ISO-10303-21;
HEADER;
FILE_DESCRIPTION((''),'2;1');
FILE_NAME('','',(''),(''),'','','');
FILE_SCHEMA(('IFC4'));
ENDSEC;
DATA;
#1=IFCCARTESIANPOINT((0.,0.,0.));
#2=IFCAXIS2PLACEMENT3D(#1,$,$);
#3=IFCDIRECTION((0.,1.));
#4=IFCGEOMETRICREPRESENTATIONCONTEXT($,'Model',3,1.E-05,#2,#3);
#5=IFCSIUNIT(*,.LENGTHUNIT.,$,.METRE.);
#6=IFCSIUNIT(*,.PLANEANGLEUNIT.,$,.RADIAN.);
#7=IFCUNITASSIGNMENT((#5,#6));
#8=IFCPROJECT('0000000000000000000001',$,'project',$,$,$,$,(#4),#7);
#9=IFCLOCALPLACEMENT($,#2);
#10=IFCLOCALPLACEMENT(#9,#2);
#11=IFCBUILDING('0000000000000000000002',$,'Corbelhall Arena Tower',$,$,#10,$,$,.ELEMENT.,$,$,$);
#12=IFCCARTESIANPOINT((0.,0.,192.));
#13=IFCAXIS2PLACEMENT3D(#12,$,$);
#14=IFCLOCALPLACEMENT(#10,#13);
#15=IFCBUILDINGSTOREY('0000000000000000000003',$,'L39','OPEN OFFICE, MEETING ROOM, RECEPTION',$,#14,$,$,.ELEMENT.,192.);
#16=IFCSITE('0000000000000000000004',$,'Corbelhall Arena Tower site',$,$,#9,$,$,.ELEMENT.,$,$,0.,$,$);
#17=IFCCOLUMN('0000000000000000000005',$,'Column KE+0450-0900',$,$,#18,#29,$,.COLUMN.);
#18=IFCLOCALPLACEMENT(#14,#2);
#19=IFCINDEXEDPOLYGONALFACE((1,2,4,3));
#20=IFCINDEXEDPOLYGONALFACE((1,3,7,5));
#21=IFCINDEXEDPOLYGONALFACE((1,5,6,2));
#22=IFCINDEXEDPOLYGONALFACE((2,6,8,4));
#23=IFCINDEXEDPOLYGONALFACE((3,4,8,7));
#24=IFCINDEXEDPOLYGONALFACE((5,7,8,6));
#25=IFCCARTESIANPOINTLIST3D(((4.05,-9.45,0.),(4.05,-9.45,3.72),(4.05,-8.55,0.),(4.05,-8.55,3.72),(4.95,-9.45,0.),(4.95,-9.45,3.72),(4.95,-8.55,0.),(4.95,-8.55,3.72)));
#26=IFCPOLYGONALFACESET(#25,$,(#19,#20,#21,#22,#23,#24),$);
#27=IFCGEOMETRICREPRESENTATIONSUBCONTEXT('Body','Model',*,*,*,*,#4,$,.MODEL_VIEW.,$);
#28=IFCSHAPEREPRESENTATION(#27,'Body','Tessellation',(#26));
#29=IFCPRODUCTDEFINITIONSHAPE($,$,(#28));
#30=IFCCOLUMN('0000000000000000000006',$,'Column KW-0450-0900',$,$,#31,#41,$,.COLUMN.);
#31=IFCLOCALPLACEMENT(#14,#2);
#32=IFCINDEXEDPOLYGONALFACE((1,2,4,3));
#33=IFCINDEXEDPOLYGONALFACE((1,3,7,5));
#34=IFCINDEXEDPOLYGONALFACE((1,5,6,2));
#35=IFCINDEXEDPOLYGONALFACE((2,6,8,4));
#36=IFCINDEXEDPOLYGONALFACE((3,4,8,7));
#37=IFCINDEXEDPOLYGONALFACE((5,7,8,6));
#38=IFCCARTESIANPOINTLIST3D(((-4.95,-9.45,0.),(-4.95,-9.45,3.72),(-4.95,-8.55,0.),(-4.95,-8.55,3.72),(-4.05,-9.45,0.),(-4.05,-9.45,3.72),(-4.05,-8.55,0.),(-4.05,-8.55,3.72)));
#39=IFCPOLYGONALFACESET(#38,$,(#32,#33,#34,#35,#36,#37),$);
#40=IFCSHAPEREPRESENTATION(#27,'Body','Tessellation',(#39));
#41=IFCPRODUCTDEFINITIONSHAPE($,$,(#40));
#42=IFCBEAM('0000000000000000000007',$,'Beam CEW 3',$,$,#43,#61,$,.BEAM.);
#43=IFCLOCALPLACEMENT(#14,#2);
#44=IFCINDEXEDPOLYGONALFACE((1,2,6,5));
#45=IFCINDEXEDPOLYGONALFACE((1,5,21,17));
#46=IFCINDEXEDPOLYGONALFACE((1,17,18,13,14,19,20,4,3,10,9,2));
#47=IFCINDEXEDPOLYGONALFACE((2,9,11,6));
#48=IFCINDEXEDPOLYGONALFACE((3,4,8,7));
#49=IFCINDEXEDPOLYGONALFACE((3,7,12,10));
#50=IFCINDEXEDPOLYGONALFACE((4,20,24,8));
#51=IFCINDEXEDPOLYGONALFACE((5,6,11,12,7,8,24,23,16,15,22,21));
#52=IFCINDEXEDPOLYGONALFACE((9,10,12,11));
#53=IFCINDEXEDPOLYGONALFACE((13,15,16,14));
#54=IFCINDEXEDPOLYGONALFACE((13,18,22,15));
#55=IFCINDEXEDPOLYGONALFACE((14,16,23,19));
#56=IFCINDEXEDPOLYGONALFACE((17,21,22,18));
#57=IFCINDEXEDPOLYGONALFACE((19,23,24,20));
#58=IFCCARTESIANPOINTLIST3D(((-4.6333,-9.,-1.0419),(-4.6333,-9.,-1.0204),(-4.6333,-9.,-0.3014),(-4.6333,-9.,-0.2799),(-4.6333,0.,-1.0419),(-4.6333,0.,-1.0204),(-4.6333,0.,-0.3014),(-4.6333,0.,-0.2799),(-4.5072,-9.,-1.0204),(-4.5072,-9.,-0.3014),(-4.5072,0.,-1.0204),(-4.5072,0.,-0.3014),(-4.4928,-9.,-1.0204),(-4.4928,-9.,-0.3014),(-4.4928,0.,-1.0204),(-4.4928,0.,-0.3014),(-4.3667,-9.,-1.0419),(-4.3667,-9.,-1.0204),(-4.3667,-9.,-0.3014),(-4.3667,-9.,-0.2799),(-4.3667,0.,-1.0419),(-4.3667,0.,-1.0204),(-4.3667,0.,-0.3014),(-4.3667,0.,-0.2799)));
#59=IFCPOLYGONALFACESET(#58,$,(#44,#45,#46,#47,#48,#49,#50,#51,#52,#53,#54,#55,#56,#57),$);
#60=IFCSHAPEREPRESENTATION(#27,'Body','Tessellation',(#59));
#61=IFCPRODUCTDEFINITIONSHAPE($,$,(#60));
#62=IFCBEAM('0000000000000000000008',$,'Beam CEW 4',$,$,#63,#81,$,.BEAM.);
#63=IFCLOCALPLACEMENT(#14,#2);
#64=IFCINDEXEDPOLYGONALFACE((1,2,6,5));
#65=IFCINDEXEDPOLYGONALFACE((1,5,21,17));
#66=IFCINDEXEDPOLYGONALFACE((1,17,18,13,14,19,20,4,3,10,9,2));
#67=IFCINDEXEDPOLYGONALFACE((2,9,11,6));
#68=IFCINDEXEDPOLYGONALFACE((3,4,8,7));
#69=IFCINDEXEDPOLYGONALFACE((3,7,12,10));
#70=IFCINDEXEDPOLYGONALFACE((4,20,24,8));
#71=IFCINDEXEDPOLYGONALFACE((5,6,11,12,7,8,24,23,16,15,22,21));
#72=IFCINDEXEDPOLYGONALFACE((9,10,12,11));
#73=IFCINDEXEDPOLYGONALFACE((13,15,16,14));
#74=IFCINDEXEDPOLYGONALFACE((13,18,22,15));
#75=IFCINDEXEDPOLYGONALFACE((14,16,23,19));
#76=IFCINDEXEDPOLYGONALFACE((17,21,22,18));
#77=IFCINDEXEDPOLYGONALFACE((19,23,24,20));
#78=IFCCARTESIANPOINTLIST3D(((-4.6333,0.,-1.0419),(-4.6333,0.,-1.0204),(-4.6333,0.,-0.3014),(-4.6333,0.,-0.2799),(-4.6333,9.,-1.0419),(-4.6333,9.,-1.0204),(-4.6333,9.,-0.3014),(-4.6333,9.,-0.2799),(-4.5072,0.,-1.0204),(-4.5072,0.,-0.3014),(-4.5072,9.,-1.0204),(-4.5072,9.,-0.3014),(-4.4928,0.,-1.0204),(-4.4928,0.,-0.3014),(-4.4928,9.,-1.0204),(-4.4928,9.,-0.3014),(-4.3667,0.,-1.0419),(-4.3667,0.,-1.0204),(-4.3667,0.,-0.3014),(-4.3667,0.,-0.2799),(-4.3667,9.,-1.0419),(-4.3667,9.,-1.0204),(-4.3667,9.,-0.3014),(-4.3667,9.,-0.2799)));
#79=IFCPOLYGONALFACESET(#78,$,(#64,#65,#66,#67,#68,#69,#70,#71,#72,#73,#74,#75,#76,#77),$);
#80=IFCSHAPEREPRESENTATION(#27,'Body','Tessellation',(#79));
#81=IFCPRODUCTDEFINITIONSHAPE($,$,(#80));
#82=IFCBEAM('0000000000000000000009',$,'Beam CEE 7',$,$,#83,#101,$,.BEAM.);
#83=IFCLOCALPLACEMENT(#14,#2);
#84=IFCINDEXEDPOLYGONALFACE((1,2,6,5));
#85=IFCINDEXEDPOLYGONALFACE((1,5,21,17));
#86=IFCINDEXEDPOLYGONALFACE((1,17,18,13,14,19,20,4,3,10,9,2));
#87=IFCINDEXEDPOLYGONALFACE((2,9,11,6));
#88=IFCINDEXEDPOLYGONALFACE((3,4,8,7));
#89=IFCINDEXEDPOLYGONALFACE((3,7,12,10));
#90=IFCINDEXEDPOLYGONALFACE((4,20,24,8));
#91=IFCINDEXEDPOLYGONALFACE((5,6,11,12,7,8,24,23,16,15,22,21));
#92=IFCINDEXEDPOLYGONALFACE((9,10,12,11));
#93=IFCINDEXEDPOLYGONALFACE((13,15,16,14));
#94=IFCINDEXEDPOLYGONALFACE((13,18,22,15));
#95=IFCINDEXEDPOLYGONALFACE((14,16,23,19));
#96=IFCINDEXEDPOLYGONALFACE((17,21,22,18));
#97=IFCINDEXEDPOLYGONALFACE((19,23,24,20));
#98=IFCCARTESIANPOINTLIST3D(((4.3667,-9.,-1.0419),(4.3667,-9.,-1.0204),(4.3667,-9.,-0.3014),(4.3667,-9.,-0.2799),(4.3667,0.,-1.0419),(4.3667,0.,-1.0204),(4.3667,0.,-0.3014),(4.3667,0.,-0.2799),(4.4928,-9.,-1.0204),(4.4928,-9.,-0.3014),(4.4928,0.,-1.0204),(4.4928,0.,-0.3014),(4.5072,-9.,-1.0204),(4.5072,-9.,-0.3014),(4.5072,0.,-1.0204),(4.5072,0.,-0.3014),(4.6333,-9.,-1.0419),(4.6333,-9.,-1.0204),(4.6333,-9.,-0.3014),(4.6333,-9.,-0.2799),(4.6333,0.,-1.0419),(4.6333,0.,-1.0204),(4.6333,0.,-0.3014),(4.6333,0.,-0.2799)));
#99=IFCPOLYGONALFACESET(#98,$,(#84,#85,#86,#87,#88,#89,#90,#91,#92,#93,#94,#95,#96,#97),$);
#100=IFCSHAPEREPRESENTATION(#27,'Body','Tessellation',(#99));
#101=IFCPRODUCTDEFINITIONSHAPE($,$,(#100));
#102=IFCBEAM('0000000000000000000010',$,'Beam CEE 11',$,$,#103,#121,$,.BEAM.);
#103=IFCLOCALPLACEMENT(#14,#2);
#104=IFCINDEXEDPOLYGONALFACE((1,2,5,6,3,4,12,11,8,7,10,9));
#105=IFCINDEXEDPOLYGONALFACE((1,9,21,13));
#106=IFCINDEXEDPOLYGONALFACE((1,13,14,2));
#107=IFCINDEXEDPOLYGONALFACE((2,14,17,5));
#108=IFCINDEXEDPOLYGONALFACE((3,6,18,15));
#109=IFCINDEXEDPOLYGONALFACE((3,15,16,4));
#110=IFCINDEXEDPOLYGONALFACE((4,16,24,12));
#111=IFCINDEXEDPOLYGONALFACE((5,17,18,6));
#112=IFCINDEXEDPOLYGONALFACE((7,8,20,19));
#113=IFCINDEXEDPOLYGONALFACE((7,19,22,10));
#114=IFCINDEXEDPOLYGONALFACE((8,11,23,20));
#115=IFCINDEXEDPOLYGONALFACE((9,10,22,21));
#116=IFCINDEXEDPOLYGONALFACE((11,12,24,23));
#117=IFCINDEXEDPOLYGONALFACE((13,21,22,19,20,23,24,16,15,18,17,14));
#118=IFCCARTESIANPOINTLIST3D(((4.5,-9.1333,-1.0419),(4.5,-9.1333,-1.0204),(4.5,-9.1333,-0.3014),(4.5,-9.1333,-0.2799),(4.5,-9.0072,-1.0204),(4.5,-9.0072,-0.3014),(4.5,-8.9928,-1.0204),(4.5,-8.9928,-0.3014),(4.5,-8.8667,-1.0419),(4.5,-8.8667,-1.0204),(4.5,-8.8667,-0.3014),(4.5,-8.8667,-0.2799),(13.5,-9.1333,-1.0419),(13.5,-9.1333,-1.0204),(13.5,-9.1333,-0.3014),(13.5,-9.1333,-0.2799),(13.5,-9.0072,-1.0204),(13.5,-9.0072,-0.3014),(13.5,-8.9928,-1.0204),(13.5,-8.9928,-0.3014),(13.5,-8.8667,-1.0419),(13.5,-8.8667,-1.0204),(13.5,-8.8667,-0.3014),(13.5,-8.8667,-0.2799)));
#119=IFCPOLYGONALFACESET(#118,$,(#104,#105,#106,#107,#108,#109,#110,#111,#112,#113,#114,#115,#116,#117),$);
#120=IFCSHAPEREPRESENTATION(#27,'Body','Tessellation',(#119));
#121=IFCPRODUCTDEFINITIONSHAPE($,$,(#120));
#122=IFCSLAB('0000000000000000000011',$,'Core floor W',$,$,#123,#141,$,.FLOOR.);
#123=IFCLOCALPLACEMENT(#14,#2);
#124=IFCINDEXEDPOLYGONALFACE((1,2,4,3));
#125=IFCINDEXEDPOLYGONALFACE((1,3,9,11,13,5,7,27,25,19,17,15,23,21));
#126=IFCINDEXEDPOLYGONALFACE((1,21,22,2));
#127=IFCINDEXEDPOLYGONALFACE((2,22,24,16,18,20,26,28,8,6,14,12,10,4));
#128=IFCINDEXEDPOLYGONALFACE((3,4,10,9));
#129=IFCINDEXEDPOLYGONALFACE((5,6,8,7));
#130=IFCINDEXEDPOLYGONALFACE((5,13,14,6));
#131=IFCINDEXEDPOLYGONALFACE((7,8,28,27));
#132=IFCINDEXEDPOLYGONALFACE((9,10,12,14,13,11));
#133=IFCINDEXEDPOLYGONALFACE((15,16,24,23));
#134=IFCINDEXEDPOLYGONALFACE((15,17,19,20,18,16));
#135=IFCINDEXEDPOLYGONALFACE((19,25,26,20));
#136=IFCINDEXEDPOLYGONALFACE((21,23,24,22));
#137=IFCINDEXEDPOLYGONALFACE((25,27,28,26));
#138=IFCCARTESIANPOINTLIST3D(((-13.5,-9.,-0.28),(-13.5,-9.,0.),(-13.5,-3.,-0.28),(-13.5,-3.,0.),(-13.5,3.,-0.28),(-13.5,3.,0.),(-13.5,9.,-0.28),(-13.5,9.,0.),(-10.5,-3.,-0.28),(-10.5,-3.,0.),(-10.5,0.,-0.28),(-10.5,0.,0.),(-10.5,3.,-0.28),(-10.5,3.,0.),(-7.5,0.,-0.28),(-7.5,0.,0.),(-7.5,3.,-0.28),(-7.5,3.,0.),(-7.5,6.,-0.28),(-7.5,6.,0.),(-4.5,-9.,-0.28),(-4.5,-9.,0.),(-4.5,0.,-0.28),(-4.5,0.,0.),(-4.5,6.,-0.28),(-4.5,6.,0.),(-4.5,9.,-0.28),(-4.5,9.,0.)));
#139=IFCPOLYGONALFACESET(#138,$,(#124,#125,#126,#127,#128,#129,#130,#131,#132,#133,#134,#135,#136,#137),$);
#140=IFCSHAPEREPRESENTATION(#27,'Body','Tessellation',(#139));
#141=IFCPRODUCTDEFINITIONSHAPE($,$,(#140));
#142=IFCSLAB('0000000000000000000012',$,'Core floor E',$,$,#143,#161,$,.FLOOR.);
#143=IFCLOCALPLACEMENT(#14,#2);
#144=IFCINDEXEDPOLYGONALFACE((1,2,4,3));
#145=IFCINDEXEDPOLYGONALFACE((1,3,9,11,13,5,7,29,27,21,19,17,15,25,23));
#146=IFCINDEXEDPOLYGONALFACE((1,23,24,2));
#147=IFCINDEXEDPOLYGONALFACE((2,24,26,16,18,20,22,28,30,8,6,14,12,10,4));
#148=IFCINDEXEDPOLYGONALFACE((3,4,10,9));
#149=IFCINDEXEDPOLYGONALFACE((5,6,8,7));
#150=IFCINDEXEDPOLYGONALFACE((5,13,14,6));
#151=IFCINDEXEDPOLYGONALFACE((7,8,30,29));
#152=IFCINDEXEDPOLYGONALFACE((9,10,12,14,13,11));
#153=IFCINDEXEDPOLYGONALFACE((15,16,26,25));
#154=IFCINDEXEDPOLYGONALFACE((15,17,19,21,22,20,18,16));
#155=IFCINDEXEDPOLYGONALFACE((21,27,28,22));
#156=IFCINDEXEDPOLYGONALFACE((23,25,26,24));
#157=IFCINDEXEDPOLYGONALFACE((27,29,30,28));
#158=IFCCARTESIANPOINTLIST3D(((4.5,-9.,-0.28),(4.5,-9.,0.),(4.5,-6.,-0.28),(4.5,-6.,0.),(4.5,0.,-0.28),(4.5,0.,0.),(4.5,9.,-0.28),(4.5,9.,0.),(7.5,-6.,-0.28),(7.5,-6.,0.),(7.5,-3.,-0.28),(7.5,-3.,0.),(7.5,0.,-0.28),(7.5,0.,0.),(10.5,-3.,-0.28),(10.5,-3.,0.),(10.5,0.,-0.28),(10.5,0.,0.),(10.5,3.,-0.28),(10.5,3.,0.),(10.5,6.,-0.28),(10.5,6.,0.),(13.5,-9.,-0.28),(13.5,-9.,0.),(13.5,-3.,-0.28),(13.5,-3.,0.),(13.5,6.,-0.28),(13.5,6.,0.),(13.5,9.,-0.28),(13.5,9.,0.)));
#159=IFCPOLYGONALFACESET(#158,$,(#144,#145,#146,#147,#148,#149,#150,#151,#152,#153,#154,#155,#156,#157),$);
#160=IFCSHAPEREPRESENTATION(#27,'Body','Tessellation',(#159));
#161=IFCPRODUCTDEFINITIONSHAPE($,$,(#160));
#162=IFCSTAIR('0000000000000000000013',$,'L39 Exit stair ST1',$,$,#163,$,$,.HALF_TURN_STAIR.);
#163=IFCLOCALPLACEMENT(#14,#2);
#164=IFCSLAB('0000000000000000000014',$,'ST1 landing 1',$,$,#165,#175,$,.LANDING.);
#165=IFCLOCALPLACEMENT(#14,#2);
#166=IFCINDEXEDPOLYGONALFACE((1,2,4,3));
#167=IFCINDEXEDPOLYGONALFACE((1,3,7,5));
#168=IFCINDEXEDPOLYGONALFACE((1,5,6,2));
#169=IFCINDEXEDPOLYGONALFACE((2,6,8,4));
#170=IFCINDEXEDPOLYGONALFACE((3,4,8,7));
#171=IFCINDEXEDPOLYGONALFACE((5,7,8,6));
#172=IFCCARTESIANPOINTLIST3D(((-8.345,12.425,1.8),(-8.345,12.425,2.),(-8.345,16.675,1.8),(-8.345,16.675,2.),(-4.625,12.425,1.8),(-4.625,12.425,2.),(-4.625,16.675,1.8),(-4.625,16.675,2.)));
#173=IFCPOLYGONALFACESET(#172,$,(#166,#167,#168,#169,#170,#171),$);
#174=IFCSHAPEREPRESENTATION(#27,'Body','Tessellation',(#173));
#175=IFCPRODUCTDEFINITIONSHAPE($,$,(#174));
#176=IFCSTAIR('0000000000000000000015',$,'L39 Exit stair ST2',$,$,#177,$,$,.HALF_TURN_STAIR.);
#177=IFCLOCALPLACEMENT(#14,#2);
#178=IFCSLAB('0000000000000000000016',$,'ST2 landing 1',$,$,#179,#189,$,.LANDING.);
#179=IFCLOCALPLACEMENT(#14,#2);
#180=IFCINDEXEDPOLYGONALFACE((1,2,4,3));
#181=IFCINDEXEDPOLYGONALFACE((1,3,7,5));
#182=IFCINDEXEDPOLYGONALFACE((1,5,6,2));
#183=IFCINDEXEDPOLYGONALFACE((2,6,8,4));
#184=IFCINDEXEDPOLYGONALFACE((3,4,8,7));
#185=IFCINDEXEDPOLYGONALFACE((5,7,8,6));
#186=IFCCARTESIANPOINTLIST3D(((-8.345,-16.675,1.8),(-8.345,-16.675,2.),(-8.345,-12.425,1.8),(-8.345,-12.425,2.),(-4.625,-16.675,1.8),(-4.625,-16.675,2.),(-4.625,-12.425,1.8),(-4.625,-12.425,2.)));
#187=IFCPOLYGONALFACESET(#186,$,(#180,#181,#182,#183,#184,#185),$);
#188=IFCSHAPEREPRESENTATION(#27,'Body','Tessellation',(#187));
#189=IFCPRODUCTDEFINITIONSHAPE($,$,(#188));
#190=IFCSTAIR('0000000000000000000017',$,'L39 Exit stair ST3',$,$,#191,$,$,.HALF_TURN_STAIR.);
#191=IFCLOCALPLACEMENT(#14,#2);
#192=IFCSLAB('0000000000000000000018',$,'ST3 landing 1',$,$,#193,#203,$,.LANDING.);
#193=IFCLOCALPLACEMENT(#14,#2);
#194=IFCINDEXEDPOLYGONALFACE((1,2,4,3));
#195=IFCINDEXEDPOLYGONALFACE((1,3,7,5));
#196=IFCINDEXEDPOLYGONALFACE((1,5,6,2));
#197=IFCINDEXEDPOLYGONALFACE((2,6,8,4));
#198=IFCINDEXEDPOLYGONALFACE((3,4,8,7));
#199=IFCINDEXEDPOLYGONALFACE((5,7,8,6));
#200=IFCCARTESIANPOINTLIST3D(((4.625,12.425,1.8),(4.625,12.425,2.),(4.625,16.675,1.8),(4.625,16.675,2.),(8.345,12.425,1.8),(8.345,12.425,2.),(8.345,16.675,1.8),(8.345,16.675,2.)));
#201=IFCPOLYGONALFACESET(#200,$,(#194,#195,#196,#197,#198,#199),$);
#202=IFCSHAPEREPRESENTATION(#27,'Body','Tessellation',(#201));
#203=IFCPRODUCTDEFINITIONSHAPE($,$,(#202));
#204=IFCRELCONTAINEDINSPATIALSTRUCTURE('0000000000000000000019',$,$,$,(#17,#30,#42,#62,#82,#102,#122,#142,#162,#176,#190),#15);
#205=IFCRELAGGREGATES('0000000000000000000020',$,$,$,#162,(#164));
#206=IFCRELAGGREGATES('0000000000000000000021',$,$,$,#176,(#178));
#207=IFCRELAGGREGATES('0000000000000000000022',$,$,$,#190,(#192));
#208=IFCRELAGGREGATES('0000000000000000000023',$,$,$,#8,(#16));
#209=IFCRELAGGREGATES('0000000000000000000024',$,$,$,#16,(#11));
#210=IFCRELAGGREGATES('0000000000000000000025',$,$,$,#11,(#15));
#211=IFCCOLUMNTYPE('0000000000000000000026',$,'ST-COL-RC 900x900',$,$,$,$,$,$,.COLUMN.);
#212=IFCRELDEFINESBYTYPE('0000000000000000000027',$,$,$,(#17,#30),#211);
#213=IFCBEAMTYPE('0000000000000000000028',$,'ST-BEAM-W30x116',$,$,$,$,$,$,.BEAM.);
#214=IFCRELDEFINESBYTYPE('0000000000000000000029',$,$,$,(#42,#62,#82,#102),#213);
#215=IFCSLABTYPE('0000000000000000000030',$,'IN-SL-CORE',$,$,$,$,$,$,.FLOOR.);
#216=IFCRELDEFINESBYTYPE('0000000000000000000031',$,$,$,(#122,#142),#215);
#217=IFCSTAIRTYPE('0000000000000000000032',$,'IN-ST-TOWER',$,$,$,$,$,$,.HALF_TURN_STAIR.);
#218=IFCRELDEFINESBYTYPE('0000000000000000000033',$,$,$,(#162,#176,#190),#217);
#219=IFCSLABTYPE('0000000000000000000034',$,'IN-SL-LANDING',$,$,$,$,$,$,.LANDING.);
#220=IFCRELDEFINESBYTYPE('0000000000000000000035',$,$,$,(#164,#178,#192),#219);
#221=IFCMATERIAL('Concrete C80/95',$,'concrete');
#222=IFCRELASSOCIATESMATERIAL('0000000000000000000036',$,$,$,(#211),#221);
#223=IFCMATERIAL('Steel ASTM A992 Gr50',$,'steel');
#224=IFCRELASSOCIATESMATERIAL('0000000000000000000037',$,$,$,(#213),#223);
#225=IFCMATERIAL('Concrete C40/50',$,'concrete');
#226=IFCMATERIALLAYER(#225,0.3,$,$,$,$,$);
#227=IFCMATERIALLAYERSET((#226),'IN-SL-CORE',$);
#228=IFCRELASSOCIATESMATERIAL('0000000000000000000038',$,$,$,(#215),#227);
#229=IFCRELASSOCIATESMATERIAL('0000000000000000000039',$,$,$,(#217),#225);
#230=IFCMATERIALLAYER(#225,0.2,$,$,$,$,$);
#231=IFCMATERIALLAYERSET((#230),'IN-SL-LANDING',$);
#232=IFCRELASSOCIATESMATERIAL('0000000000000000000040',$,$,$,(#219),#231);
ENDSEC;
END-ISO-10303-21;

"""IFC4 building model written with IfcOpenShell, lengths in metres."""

from ifc_helpers import new_model, si_unit, direction, frame, origin, origin_2d, place, context, subcontext, project, spatial, polyline, rectangle, i_section, outline, extrude, material, layer, layer_set, material_profile, profile_set, type_object, element, aggregate, save


model = new_model("IFC4")

# Units and contexts
model_context = context("Model", 3, precision=1e-05, world=origin(), true_north=direction((0.0, 1.0)))
body_context = subcontext(model_context, "Body", "Model", "MODEL_VIEW")
ifc_project = project(units=[si_unit("LENGTHUNIT", "METRE"), si_unit("PLANEANGLEUNIT", "RADIAN")], contexts=[model_context])

# Site, building, storey
site_placement = place(None, origin())
site = spatial("IfcSite", under=ifc_project, at=site_placement, Name="Corbelhall Arena Tower site", CompositionType="ELEMENT", RefElevation=0.0)
building_placement = place(site_placement, origin())
building = spatial("IfcBuilding", under=site, at=building_placement, Name="Corbelhall Arena Tower", CompositionType="ELEMENT")
storey_placement = place(building_placement, frame((0.0, 0.0, 192.0)))
storey = spatial("IfcBuildingStorey", under=building, at=storey_placement, Name="L39", Description="OPEN OFFICE, MEETING ROOM, RECEPTION", CompositionType="ELEMENT", Elevation=192.0)

# Columns
ifc_material_1 = material(Name="Concrete C80/95", Category="concrete")
ifc_material_profile_1 = material_profile(ifc_material_1, rectangle(XDim=0.8999, YDim=0.8999, at=origin_2d()))
ifc_profile_set_1 = profile_set([ifc_material_profile_1], Name="Concrete C80/95")
column_type = type_object("IfcColumnType", Name="ST-COL-RC 900x900", PredefinedType="COLUMN", material=ifc_profile_set_1)
for number, where, z_axis, x_axis, name in (
    (1, (4.5, -9.0, 0.0), (0.0, 0.0, 1.0), (1.0, 0.0, 0.0), "Column KE+0450-0900"),
    (2, (-4.5, -9.0, 0.0), (0.0, 0.0, 1.0), (1.0, 0.0, 0.0), "Column KW-0450-0900"),
):
    element("IfcColumn", number, at=place(storey_placement, frame(where, z_axis=z_axis, x_axis=x_axis)), inside=storey, type_object=column_type, Name=name, PredefinedType="COLUMN", context=body_context, shape_type="SweptSolid", body=[
        extrude(rectangle(XDim=0.8999, YDim=0.8999, at=origin_2d()), origin(), (0.0, 0.0, 1.0), 3.72),
    ])

# Beams
ifc_material_2 = material(Name="Steel ASTM A992 Gr50", Category="steel")
ifc_material_profile_2 = material_profile(ifc_material_2, i_section(OverallWidth=0.2666, OverallDepth=0.762, WebThickness=0.0144, FlangeThickness=0.0215, at=origin_2d()))
ifc_profile_set_2 = profile_set([ifc_material_profile_2], Name="Steel ASTM A992 Gr50")
beam_type = type_object("IfcBeamType", Name="ST-BEAM-W30x116", PredefinedType="BEAM", material=ifc_profile_set_2)
for number, where, z_axis, x_axis, name in (
    (3, (-4.5, -9.0, -0.6609), (0.0, 1.0, 0.0), (-1.0, 0.0, 0.0), "Beam CEW 3"),
    (4, (-4.5, 0.0, -0.6609), (0.0, 1.0, 0.0), (-1.0, 0.0, 0.0), "Beam CEW 4"),
    (5, (4.5, -9.0, -0.6609), (0.0, 1.0, 0.0), (-1.0, 0.0, 0.0), "Beam CEE 7"),
    (6, (4.5, -9.0, -0.6609), (1.0, 0.0, 0.0), (0.0, 1.0, 0.0), "Beam CEE 11"),
):
    element("IfcBeam", number, at=place(storey_placement, frame(where, z_axis=z_axis, x_axis=x_axis)), inside=storey, type_object=beam_type, Name=name, PredefinedType="BEAM", context=body_context, shape_type="SweptSolid", body=[
        extrude(i_section(OverallWidth=0.2666, OverallDepth=0.762, WebThickness=0.0144, FlangeThickness=0.0215, at=origin_2d()), origin(), (0.0, 0.0, 1.0), 9.0),
    ])

# Slabs
ifc_material_3 = material(Name="Concrete C40/50", Category="concrete")
ifc_layer_1 = layer(ifc_material_3, 0.3)
ifc_layer_set_1 = layer_set([ifc_layer_1], Name="IN-SL-CORE")
slab_type_1 = type_object("IfcSlabType", Name="IN-SL-CORE", PredefinedType="FLOOR", material=ifc_layer_set_1)
slab_1_placement = place(storey_placement, frame((0.0, 0.0, -0.28)))
element("IfcSlab", 7, at=slab_1_placement, inside=storey, type_object=slab_type_1, Name="Core floor W", PredefinedType="FLOOR", context=body_context, shape_type="SweptSolid", body=[
    extrude(outline(polyline([(-10.5, -3.0), (-13.5, -3.0), (-13.5, -9.0), (-4.5, -9.0), (-4.5, 0.0), (-7.5, 0.0), (-7.5, 3.0), (-7.5, 6.0), (-4.5, 6.0), (-4.5, 9.0), (-13.5, 9.0), (-13.5, 3.0), (-10.5, 3.0), (-10.5, 0.0), (-10.5, -3.0)])), origin(), (0.0, 0.0, 1.0), 0.28),
])
slab_2_placement = place(storey_placement, frame((0.0, 0.0, -0.28)))
element("IfcSlab", 8, at=slab_2_placement, inside=storey, type_object=slab_type_1, Name="Core floor E", PredefinedType="FLOOR", context=body_context, shape_type="SweptSolid", body=[
    extrude(outline(polyline([(13.5, -3.0), (10.5, -3.0), (10.5, 0.0), (10.5, 3.0), (10.5, 6.0), (13.5, 6.0), (13.5, 9.0), (4.5, 9.0), (4.5, 0.0), (7.5, 0.0), (7.5, -3.0), (7.5, -6.0), (4.5, -6.0), (4.5, -9.0), (13.5, -9.0), (13.5, -3.0)])), origin(), (0.0, 0.0, 1.0), 0.28),
])

# Stairs, slabs
stair_type = type_object("IfcStairType", Name="IN-ST-TOWER", PredefinedType="HALF_TURN_STAIR", material=ifc_material_3)
stair_1_placement = place(storey_placement, origin())
stair_1 = element("IfcStair", 9, at=stair_1_placement, inside=storey, type_object=stair_type, Name="L39 Exit stair ST1", PredefinedType="HALF_TURN_STAIR")
ifc_layer_2 = layer(ifc_material_3, 0.2)
ifc_layer_set_2 = layer_set([ifc_layer_2], Name="IN-SL-LANDING")
slab_type_2 = type_object("IfcSlabType", Name="IN-SL-LANDING", PredefinedType="LANDING", material=ifc_layer_set_2)
slab_3_placement = place(storey_placement, frame((0.0, 0.0, 1.8)))
slab_3 = element("IfcSlab", 10, at=slab_3_placement, type_object=slab_type_2, Name="ST1 landing 1", PredefinedType="LANDING", context=body_context, shape_type="SweptSolid", body=[
    extrude(outline(polyline([(-8.345, 12.425), (-4.625, 12.425), (-4.625, 16.675), (-8.345, 16.675), (-8.345, 12.425)])), origin(), (0.0, 0.0, 1.0), 0.2),
])
aggregate(stair_1, [slab_3])
stair_2_placement = place(storey_placement, origin())
stair_2 = element("IfcStair", 11, at=stair_2_placement, inside=storey, type_object=stair_type, Name="L39 Exit stair ST2", PredefinedType="HALF_TURN_STAIR")
slab_4_placement = place(storey_placement, frame((0.0, 0.0, 1.8)))
slab_4 = element("IfcSlab", 12, at=slab_4_placement, type_object=slab_type_2, Name="ST2 landing 1", PredefinedType="LANDING", context=body_context, shape_type="SweptSolid", body=[
    extrude(outline(polyline([(-8.345, -16.675), (-4.625, -16.675), (-4.625, -12.425), (-8.345, -12.425), (-8.345, -16.675)])), origin(), (0.0, 0.0, 1.0), 0.2),
])
aggregate(stair_2, [slab_4])
stair_3_placement = place(storey_placement, origin())
stair_3 = element("IfcStair", 13, at=stair_3_placement, inside=storey, type_object=stair_type, Name="L39 Exit stair ST3", PredefinedType="HALF_TURN_STAIR")
slab_5_placement = place(storey_placement, frame((0.0, 0.0, 1.8)))
slab_5 = element("IfcSlab", 14, at=slab_5_placement, type_object=slab_type_2, Name="ST3 landing 1", PredefinedType="LANDING", context=body_context, shape_type="SweptSolid", body=[
    extrude(outline(polyline([(8.345, 16.675), (4.625, 16.675), (4.625, 12.425), (8.345, 12.425), (8.345, 16.675)])), origin(), (0.0, 0.0, 1.0), 0.2),
])
aggregate(stair_3, [slab_5])

save(model, "model.ifc")
